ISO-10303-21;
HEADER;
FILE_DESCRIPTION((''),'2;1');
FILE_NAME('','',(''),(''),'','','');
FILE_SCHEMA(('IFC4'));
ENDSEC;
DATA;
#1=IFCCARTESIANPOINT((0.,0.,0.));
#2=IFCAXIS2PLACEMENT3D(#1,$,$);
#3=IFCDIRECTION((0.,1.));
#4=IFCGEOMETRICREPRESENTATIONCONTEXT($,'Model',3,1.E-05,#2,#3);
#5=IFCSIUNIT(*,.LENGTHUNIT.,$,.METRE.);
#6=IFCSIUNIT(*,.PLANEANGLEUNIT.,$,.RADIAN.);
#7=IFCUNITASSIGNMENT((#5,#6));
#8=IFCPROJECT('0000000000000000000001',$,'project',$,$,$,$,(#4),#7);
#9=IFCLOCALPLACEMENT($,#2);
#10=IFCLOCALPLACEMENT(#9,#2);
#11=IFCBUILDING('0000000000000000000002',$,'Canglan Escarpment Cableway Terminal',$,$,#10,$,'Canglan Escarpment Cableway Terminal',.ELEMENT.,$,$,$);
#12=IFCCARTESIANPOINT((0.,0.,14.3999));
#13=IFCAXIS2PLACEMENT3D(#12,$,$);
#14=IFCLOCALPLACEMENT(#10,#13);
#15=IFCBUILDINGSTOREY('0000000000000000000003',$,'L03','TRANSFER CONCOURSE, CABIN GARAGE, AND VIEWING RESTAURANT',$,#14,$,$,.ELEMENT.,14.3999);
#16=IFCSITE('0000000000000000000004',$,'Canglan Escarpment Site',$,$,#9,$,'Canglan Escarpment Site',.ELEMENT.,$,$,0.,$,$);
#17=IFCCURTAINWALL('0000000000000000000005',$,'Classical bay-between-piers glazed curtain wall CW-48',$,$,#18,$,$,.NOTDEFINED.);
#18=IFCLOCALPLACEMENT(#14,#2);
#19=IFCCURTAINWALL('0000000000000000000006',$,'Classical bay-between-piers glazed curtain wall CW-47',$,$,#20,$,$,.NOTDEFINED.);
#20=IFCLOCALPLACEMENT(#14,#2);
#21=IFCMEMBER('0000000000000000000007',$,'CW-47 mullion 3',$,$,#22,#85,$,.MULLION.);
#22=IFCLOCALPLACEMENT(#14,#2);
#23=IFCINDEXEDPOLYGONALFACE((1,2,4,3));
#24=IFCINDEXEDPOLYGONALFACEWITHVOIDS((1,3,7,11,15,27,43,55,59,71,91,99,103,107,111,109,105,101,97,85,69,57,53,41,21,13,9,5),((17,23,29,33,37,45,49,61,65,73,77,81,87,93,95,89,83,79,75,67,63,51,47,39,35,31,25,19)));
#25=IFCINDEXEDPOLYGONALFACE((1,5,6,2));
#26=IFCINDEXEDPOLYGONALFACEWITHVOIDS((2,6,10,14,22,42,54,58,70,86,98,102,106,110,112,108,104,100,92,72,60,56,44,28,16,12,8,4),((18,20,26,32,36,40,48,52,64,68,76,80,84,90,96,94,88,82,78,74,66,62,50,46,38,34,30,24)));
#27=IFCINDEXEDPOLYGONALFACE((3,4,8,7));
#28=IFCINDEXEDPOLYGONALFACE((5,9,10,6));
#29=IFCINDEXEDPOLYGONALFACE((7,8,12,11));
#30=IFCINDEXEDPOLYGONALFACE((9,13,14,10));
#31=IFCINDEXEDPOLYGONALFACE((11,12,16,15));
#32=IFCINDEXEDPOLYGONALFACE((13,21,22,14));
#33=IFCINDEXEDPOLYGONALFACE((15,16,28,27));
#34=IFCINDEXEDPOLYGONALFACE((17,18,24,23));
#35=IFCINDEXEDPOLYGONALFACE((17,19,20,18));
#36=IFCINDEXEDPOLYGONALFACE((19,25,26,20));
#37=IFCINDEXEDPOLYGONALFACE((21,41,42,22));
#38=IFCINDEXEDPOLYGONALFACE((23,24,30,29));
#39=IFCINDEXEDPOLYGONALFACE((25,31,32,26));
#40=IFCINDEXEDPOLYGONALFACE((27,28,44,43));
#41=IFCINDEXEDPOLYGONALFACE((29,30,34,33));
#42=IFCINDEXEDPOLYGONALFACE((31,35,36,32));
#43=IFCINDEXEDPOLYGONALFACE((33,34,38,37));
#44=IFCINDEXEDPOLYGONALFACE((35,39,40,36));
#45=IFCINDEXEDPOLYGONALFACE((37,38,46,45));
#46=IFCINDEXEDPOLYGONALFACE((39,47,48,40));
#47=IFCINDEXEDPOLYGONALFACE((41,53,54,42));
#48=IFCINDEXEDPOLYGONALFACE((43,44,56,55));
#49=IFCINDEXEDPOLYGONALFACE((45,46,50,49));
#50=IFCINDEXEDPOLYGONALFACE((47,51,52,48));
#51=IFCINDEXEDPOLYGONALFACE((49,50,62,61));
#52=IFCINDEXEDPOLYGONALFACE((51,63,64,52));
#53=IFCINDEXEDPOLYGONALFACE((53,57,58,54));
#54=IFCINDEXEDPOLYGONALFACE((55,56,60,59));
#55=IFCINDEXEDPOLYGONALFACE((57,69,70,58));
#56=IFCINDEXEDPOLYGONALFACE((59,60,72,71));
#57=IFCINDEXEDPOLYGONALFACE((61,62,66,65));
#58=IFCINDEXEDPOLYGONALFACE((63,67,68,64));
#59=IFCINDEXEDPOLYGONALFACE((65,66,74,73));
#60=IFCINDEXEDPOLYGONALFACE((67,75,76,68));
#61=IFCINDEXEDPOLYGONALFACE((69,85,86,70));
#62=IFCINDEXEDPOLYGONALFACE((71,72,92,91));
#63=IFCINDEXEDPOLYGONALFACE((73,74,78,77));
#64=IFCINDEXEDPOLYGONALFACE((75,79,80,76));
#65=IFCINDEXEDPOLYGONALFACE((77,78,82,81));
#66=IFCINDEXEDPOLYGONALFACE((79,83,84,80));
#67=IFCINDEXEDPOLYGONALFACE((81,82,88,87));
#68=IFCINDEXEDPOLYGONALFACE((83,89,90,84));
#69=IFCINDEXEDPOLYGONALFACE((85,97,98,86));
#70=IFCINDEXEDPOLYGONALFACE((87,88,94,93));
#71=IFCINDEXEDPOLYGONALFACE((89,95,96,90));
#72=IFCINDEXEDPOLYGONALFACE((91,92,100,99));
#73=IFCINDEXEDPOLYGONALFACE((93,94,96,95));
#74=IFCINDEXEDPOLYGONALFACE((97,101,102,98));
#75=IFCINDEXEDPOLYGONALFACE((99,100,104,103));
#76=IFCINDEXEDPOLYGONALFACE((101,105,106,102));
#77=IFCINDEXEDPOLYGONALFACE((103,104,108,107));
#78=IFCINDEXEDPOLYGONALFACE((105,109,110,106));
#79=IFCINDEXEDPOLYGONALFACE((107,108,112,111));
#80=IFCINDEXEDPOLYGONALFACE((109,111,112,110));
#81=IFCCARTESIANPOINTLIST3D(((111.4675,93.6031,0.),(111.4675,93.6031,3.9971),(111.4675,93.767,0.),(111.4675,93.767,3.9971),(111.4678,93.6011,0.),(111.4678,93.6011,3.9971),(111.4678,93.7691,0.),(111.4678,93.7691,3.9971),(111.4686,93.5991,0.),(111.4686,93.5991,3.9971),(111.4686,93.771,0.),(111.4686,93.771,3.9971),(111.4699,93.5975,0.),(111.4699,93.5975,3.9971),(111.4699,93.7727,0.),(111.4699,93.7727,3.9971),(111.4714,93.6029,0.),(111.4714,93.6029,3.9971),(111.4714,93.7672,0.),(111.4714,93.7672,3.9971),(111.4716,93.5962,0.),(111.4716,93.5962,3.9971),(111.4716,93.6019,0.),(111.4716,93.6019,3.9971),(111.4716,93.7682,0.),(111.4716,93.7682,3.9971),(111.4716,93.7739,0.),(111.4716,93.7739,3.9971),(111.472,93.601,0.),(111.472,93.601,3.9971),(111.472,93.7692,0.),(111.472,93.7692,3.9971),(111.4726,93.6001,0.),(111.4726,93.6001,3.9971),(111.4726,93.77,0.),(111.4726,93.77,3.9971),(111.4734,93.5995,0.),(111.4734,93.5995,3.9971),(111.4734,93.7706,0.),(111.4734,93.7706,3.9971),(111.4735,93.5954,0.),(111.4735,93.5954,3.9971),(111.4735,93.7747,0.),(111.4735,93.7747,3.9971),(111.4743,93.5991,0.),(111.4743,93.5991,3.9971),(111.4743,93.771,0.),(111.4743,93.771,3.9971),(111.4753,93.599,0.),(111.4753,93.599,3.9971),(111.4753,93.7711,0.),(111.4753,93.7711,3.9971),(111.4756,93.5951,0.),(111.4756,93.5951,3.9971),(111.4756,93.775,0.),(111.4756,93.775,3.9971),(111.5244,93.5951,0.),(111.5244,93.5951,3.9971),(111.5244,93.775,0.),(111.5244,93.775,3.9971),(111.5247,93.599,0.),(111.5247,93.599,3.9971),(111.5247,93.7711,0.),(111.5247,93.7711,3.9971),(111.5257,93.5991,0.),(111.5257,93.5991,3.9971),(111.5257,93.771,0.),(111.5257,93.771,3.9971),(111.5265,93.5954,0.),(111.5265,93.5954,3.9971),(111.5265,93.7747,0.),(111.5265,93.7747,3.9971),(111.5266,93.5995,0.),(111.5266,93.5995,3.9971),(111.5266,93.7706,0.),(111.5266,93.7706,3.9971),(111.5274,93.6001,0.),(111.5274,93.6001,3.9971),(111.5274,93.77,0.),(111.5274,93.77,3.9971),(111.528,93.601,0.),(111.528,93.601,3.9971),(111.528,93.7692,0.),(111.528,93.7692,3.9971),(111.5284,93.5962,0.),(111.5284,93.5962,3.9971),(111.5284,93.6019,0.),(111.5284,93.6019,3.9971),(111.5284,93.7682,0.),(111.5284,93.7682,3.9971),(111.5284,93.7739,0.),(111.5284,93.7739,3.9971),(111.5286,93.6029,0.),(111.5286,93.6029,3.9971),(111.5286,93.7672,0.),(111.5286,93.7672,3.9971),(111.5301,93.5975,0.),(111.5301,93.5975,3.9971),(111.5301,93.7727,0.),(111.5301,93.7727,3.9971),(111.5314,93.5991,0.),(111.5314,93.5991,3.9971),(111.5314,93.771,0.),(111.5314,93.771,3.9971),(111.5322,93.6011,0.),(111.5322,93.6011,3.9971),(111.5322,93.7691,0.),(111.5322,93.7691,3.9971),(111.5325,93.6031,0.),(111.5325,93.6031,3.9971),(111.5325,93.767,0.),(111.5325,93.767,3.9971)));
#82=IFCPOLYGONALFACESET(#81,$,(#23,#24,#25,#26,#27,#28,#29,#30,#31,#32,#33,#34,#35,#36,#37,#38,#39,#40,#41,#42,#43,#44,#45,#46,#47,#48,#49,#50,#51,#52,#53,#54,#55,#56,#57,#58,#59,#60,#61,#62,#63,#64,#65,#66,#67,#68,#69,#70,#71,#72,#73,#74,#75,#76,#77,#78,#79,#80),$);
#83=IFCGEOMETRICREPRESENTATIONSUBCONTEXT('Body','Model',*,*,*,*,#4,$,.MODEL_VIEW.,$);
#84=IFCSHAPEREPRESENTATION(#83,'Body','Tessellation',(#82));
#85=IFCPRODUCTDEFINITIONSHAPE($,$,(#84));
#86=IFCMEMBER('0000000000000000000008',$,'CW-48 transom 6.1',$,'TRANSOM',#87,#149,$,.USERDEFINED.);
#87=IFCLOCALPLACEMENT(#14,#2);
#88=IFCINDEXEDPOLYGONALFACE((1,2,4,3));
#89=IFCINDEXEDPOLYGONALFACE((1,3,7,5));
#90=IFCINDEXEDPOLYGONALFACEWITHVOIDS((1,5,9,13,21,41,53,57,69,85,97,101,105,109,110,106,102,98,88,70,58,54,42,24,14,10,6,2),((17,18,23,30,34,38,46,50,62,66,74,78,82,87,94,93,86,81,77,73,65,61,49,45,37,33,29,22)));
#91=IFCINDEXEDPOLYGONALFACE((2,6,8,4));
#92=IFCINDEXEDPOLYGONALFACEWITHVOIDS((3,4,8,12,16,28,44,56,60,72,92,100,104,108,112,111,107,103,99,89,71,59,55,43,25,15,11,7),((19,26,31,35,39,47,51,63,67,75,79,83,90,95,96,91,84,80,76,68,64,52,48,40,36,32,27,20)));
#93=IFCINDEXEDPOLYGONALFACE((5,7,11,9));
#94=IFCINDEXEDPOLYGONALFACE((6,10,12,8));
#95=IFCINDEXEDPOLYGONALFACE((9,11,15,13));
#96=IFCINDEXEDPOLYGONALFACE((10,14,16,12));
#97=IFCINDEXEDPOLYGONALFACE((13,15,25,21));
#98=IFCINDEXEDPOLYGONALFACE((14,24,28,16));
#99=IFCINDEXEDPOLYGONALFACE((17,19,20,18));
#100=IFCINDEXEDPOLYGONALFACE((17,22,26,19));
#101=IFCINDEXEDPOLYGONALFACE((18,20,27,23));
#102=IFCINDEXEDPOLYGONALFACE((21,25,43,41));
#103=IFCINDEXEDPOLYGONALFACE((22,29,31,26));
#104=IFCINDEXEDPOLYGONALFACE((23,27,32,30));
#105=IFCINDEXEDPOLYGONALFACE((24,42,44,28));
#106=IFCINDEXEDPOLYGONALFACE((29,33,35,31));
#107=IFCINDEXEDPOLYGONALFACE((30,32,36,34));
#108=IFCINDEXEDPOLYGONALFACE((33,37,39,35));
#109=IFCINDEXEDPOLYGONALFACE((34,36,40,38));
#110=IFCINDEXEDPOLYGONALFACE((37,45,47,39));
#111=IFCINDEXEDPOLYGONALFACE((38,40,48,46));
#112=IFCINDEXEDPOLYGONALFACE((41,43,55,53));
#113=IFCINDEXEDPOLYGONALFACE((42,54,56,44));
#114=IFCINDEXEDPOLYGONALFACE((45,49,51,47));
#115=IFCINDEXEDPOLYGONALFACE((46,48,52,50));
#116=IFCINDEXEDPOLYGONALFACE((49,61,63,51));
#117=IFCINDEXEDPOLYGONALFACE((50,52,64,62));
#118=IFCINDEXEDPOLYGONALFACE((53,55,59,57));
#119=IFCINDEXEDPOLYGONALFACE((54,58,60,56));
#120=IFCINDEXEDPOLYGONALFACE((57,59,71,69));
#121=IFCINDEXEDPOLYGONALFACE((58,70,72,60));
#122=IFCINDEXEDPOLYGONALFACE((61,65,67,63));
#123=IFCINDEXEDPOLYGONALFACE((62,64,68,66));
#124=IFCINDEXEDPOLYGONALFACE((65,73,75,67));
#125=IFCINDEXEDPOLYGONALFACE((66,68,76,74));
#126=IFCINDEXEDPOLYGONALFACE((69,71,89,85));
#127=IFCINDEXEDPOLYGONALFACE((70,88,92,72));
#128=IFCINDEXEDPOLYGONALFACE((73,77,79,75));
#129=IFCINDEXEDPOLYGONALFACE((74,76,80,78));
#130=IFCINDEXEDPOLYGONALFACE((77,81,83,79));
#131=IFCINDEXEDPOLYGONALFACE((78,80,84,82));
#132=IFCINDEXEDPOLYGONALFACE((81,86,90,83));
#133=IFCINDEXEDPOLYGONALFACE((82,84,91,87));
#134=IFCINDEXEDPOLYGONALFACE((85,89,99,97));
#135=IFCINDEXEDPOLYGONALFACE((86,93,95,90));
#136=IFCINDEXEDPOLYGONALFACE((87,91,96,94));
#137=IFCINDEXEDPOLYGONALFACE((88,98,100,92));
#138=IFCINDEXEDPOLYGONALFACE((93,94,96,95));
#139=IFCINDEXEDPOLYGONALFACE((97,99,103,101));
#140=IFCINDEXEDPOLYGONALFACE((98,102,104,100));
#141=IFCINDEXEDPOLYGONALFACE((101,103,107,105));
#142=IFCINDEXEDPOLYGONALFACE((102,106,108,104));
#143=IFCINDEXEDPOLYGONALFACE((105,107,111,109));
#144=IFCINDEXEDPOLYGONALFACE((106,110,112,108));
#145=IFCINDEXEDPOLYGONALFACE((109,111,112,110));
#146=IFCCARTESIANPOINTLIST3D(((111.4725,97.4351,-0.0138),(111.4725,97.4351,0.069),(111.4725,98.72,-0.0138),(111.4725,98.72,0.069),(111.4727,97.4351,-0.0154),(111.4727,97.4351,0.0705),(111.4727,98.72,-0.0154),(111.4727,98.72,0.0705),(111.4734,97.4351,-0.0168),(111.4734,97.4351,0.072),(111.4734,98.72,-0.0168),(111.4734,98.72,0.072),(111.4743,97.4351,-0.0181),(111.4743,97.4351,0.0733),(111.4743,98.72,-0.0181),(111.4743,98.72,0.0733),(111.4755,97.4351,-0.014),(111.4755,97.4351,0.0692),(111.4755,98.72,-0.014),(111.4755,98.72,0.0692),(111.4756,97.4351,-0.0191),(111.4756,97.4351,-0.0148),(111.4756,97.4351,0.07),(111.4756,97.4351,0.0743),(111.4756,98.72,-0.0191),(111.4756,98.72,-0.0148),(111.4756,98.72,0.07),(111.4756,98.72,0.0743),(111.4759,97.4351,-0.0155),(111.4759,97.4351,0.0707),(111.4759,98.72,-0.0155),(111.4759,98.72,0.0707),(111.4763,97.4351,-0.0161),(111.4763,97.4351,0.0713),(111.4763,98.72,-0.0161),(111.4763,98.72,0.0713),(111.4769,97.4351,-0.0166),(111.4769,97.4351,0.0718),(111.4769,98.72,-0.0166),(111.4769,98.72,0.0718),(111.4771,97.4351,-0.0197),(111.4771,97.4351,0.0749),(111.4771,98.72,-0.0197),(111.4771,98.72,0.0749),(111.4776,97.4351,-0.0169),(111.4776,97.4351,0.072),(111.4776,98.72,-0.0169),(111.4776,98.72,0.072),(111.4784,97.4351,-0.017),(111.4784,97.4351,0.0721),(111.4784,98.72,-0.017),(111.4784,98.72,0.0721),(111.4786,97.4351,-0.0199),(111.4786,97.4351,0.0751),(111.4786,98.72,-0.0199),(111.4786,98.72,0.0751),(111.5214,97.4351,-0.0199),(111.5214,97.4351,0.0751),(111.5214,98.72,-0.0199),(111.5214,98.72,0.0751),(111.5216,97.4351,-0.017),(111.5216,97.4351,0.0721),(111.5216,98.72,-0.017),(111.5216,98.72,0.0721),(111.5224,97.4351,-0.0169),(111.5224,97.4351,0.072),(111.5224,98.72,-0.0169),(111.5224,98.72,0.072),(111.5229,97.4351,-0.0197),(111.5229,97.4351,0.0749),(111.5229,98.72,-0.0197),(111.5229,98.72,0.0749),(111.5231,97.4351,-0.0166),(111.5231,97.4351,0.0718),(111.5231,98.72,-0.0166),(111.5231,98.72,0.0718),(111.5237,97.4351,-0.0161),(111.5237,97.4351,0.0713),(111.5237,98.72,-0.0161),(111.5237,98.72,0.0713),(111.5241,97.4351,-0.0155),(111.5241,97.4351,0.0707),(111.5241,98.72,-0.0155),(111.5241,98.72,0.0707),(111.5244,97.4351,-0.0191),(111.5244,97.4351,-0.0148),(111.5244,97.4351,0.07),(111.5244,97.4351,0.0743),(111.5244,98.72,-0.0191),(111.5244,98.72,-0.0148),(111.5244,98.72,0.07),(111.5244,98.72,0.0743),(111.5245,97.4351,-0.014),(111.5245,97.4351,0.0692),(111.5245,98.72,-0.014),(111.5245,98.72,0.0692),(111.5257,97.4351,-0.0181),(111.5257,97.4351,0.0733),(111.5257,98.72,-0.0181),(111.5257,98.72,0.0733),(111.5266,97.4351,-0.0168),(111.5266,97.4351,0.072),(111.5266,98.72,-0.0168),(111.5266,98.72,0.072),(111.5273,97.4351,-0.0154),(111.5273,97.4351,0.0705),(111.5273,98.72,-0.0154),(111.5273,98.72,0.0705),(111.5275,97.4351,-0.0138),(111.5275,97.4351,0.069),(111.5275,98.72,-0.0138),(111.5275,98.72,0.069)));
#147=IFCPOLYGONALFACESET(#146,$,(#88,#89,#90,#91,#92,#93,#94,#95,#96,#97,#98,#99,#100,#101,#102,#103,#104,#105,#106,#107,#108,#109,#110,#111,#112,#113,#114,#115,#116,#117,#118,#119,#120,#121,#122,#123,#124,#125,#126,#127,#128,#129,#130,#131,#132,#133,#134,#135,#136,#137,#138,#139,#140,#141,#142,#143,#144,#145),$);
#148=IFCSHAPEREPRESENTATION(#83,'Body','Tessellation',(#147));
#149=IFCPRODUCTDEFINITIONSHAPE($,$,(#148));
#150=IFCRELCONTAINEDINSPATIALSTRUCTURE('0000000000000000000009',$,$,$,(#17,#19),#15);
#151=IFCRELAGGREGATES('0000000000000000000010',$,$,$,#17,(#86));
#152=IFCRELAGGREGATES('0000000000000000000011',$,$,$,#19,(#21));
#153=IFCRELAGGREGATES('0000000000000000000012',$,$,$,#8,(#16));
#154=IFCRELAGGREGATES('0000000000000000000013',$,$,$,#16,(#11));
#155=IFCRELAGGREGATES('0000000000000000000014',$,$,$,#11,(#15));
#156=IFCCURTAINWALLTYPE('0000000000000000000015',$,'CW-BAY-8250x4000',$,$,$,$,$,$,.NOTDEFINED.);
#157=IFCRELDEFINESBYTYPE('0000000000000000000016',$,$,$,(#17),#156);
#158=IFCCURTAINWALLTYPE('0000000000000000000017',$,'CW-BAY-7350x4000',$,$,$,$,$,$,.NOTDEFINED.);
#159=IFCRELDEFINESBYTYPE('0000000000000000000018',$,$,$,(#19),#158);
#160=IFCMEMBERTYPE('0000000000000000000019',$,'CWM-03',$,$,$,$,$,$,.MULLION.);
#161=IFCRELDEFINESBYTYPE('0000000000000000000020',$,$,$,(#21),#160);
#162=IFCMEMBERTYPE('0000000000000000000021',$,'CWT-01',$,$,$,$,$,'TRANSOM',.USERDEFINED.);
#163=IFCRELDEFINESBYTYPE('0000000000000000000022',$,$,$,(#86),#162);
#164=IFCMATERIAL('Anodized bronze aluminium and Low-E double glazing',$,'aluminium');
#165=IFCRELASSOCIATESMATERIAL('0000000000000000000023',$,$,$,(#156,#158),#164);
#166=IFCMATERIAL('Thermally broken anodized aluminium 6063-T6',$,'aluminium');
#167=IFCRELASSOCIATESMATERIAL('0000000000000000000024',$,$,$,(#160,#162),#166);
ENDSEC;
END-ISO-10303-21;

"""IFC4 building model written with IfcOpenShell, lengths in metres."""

from ifc_helpers import new_model, si_unit, direction, frame, origin, origin_2d, place, context, subcontext, project, spatial, hollow_rectangle, extrude, material, material_profile, profile_set, type_object, element, aggregate, save


model = new_model("IFC4")

# Units and contexts
model_context = context("Model", 3, precision=1e-05, world=origin(), true_north=direction((0.0, 1.0)))
body_context = subcontext(model_context, "Body", "Model", "MODEL_VIEW")
ifc_project = project(units=[si_unit("LENGTHUNIT", "METRE"), si_unit("PLANEANGLEUNIT", "RADIAN")], contexts=[model_context])

# Site, building, storey
site_placement = place(None, origin())
site = spatial("IfcSite", under=ifc_project, at=site_placement, Name="Canglan Escarpment Site", LongName="Canglan Escarpment Site", CompositionType="ELEMENT", RefElevation=0.0)
building_placement = place(site_placement, origin())
building = spatial("IfcBuilding", under=site, at=building_placement, Name="Canglan Escarpment Cableway Terminal", LongName="Canglan Escarpment Cableway Terminal", CompositionType="ELEMENT")
storey_placement = place(building_placement, frame((0.0, 0.0, 14.3999)))
storey = spatial("IfcBuildingStorey", under=building, at=storey_placement, Name="L03", Description="TRANSFER CONCOURSE, CABIN GARAGE, AND VIEWING RESTAURANT", CompositionType="ELEMENT", Elevation=14.3999)

# Curtain wall
ifc_material_1 = material(Name="Anodized bronze aluminium and Low-E double glazing", Category="aluminium")
curtain_wall_type_1 = type_object("IfcCurtainWallType", Name="CW-BAY-8250x4000", PredefinedType="NOTDEFINED", material=ifc_material_1)
curtain_wall_1_placement = place(storey_placement, origin())
curtain_wall_1 = element("IfcCurtainWall", 1, at=curtain_wall_1_placement, inside=storey, type_object=curtain_wall_type_1, Name="Classical bay-between-piers glazed curtain wall CW-48", PredefinedType="NOTDEFINED")
ifc_material_2 = material(Name="Thermally broken anodized aluminium 6063-T6", Category="aluminium")

# Curtain wall, member
curtain_wall_type_2 = type_object("IfcCurtainWallType", Name="CW-BAY-7350x4000", PredefinedType="NOTDEFINED", material=ifc_material_1)
curtain_wall_2_placement = place(storey_placement, origin())
curtain_wall_2 = element("IfcCurtainWall", 2, at=curtain_wall_2_placement, inside=storey, type_object=curtain_wall_type_2, Name="Classical bay-between-piers glazed curtain wall CW-47", PredefinedType="NOTDEFINED")
ifc_material_profile_1 = material_profile(ifc_material_2, hollow_rectangle(XDim=0.0649, YDim=0.1799, WallThickness=0.0039, InnerFilletRadius=0.0039, OuterFilletRadius=0.0081, at=origin_2d()), Name="ALU-MULL 65x180x4")
ifc_profile_set_1 = profile_set([ifc_material_profile_1], Name="Thermally broken anodized aluminium 6063-T6")
member_type_1 = type_object("IfcMemberType", Name="CWM-03", PredefinedType="MULLION", material=ifc_profile_set_1)
member_1_placement = place(storey_placement, frame((111.5, 93.6851, 0.0), z_axis=(0.0, 0.0, 1.0), x_axis=(1.0, 0.0, 0.0)))
member_1 = element("IfcMember", 3, at=member_1_placement, type_object=member_type_1, Name="CW-47 mullion 3", PredefinedType="MULLION", context=body_context, shape_type="SweptSolid", body=[
    extrude(hollow_rectangle(XDim=0.0649, YDim=0.1799, WallThickness=0.0039, InnerFilletRadius=0.0039, OuterFilletRadius=0.0081, at=origin_2d()), origin(), (0.0, 0.0, 1.0), 3.9971),
])

# Member
ifc_material_profile_2 = material_profile(ifc_material_2, hollow_rectangle(XDim=0.0549, YDim=0.095, WallThickness=0.0029, InnerFilletRadius=0.0029, OuterFilletRadius=0.0061, at=origin_2d()), Name="ALU-TRAN 55x95x3")
ifc_profile_set_2 = profile_set([ifc_material_profile_2], Name="Thermally broken anodized aluminium 6063-T6")
member_type_2 = type_object("IfcMemberType", Name="CWT-01", ElementType="TRANSOM", PredefinedType="USERDEFINED", material=ifc_profile_set_2)
member_2_placement = place(storey_placement, frame((111.5, 98.72, 0.0276), z_axis=(0.0, -1.0, 0.0), x_axis=(1.0, 0.0, 0.0)))
member_2 = element("IfcMember", 4, at=member_2_placement, type_object=member_type_2, Name="CW-48 transom 6.1", ObjectType="TRANSOM", PredefinedType="USERDEFINED", context=body_context, shape_type="SweptSolid", body=[
    extrude(hollow_rectangle(XDim=0.0549, YDim=0.095, WallThickness=0.0029, InnerFilletRadius=0.0029, OuterFilletRadius=0.0061, at=origin_2d()), origin(), (0.0, 0.0, 1.0), 1.2849),
])

aggregate(curtain_wall_1, [member_2])
aggregate(curtain_wall_2, [member_1])

save(model, "model.ifc")
